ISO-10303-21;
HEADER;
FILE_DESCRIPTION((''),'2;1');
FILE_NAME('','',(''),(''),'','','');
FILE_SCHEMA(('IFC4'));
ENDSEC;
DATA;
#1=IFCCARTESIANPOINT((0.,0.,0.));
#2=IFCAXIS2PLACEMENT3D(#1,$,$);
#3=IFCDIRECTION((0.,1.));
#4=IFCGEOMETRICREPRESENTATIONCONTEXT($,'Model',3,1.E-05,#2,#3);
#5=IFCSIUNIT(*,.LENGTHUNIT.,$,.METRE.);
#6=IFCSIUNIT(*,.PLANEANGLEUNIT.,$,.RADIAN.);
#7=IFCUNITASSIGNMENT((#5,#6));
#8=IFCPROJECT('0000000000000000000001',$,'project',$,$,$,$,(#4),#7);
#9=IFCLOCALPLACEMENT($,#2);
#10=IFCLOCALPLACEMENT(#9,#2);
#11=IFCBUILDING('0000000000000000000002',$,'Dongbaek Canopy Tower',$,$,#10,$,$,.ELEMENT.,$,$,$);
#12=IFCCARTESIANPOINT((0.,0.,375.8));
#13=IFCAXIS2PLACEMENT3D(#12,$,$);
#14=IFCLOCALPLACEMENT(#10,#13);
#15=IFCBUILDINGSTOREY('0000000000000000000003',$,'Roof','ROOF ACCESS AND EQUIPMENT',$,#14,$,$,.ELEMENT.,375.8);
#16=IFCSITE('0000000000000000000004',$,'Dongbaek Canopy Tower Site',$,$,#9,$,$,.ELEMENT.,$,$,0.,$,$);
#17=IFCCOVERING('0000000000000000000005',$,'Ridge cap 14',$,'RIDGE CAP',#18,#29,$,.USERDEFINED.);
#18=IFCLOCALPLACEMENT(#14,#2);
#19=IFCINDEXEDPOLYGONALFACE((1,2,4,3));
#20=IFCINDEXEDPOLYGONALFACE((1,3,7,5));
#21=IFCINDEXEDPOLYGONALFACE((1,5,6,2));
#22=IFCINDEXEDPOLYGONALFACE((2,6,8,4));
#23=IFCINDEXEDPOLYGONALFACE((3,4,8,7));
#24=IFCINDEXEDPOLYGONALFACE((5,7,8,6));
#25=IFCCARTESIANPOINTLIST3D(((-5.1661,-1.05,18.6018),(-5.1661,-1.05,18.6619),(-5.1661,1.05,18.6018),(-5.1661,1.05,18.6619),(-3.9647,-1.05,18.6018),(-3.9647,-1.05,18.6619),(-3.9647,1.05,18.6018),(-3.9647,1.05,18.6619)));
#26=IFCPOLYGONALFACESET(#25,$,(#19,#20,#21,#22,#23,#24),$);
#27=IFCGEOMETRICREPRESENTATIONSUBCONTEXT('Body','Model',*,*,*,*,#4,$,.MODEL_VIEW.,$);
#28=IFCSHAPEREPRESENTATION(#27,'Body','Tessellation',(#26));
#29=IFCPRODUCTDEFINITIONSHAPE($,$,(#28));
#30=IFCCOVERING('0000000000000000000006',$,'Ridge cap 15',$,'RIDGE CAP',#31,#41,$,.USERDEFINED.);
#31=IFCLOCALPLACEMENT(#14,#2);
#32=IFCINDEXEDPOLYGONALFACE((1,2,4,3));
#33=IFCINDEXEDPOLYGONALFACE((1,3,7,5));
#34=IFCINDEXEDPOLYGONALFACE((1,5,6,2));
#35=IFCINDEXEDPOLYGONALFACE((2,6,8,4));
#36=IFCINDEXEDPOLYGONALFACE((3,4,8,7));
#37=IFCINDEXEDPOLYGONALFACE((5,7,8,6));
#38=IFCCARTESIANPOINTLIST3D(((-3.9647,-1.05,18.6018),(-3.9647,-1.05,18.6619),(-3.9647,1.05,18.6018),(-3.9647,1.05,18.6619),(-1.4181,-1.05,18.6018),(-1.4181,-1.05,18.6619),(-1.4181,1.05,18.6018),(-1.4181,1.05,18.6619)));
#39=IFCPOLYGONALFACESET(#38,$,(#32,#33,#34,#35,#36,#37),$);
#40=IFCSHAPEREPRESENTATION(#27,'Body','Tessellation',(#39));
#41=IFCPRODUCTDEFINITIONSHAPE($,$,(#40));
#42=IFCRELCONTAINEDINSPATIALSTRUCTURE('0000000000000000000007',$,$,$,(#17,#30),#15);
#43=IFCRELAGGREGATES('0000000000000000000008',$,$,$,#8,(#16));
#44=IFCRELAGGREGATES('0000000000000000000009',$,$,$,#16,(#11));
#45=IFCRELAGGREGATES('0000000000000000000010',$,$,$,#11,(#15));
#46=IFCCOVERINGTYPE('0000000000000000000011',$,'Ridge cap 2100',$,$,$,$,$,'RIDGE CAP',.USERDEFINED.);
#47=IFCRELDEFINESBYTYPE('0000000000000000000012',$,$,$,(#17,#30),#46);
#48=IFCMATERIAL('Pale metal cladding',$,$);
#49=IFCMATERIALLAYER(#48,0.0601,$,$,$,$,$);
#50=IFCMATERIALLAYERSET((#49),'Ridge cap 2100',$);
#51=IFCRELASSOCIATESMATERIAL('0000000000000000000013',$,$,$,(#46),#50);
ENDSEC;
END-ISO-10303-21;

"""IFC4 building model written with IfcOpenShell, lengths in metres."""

from ifc_helpers import new_model, si_unit, direction, frame, origin, origin_2d, place, context, subcontext, project, spatial, rectangle, extrude, material, layer, layer_set, type_object, element, save


model = new_model("IFC4")

# Units and contexts
model_context = context("Model", 3, precision=1e-05, world=origin(), true_north=direction((0.0, 1.0)))
body_context = subcontext(model_context, "Body", "Model", "MODEL_VIEW")
ifc_project = project(units=[si_unit("LENGTHUNIT", "METRE"), si_unit("PLANEANGLEUNIT", "RADIAN")], contexts=[model_context])

# Site, building, storey
site_placement = place(None, origin())
site = spatial("IfcSite", under=ifc_project, at=site_placement, Name="Dongbaek Canopy Tower Site", CompositionType="ELEMENT", RefElevation=0.0)
building_placement = place(site_placement, origin())
building = spatial("IfcBuilding", under=site, at=building_placement, Name="Dongbaek Canopy Tower", CompositionType="ELEMENT")
storey_placement = place(building_placement, frame((0.0, 0.0, 375.8)))
storey = spatial("IfcBuildingStorey", under=building, at=storey_placement, Name="Roof", Description="ROOF ACCESS AND EQUIPMENT", CompositionType="ELEMENT", Elevation=375.8)

# Coverings
ifc_material_1 = material(Name="Pale metal cladding")
ifc_layer_1 = layer(ifc_material_1, 0.0601)
ifc_layer_set_1 = layer_set([ifc_layer_1], Name="Ridge cap 2100")
covering_type = type_object("IfcCoveringType", Name="Ridge cap 2100", ElementType="RIDGE CAP", PredefinedType="USERDEFINED", material=ifc_layer_set_1)
covering_1_placement = place(storey_placement, frame((-4.5654, 0.0, 18.6018), z_axis=(0.0, 0.0, 1.0), x_axis=(1.0, 0.0, 0.0)))
element("IfcCovering", 1, at=covering_1_placement, inside=storey, type_object=covering_type, Name="Ridge cap 14", ObjectType="RIDGE CAP", PredefinedType="USERDEFINED", context=body_context, shape_type="SweptSolid", body=[
    extrude(rectangle(XDim=1.2014, YDim=2.1001, at=origin_2d()), origin(), (0.0, 0.0, 1.0), 0.0601),
])
covering_2_placement = place(storey_placement, frame((-2.6914, 0.0, 18.6018), z_axis=(0.0, 0.0, 1.0), x_axis=(1.0, 0.0, 0.0)))
element("IfcCovering", 2, at=covering_2_placement, inside=storey, type_object=covering_type, Name="Ridge cap 15", ObjectType="RIDGE CAP", PredefinedType="USERDEFINED", context=body_context, shape_type="SweptSolid", body=[
    extrude(rectangle(XDim=2.5466, YDim=2.1001, at=origin_2d()), origin(), (0.0, 0.0, 1.0), 0.0601),
])

save(model, "model.ifc")
